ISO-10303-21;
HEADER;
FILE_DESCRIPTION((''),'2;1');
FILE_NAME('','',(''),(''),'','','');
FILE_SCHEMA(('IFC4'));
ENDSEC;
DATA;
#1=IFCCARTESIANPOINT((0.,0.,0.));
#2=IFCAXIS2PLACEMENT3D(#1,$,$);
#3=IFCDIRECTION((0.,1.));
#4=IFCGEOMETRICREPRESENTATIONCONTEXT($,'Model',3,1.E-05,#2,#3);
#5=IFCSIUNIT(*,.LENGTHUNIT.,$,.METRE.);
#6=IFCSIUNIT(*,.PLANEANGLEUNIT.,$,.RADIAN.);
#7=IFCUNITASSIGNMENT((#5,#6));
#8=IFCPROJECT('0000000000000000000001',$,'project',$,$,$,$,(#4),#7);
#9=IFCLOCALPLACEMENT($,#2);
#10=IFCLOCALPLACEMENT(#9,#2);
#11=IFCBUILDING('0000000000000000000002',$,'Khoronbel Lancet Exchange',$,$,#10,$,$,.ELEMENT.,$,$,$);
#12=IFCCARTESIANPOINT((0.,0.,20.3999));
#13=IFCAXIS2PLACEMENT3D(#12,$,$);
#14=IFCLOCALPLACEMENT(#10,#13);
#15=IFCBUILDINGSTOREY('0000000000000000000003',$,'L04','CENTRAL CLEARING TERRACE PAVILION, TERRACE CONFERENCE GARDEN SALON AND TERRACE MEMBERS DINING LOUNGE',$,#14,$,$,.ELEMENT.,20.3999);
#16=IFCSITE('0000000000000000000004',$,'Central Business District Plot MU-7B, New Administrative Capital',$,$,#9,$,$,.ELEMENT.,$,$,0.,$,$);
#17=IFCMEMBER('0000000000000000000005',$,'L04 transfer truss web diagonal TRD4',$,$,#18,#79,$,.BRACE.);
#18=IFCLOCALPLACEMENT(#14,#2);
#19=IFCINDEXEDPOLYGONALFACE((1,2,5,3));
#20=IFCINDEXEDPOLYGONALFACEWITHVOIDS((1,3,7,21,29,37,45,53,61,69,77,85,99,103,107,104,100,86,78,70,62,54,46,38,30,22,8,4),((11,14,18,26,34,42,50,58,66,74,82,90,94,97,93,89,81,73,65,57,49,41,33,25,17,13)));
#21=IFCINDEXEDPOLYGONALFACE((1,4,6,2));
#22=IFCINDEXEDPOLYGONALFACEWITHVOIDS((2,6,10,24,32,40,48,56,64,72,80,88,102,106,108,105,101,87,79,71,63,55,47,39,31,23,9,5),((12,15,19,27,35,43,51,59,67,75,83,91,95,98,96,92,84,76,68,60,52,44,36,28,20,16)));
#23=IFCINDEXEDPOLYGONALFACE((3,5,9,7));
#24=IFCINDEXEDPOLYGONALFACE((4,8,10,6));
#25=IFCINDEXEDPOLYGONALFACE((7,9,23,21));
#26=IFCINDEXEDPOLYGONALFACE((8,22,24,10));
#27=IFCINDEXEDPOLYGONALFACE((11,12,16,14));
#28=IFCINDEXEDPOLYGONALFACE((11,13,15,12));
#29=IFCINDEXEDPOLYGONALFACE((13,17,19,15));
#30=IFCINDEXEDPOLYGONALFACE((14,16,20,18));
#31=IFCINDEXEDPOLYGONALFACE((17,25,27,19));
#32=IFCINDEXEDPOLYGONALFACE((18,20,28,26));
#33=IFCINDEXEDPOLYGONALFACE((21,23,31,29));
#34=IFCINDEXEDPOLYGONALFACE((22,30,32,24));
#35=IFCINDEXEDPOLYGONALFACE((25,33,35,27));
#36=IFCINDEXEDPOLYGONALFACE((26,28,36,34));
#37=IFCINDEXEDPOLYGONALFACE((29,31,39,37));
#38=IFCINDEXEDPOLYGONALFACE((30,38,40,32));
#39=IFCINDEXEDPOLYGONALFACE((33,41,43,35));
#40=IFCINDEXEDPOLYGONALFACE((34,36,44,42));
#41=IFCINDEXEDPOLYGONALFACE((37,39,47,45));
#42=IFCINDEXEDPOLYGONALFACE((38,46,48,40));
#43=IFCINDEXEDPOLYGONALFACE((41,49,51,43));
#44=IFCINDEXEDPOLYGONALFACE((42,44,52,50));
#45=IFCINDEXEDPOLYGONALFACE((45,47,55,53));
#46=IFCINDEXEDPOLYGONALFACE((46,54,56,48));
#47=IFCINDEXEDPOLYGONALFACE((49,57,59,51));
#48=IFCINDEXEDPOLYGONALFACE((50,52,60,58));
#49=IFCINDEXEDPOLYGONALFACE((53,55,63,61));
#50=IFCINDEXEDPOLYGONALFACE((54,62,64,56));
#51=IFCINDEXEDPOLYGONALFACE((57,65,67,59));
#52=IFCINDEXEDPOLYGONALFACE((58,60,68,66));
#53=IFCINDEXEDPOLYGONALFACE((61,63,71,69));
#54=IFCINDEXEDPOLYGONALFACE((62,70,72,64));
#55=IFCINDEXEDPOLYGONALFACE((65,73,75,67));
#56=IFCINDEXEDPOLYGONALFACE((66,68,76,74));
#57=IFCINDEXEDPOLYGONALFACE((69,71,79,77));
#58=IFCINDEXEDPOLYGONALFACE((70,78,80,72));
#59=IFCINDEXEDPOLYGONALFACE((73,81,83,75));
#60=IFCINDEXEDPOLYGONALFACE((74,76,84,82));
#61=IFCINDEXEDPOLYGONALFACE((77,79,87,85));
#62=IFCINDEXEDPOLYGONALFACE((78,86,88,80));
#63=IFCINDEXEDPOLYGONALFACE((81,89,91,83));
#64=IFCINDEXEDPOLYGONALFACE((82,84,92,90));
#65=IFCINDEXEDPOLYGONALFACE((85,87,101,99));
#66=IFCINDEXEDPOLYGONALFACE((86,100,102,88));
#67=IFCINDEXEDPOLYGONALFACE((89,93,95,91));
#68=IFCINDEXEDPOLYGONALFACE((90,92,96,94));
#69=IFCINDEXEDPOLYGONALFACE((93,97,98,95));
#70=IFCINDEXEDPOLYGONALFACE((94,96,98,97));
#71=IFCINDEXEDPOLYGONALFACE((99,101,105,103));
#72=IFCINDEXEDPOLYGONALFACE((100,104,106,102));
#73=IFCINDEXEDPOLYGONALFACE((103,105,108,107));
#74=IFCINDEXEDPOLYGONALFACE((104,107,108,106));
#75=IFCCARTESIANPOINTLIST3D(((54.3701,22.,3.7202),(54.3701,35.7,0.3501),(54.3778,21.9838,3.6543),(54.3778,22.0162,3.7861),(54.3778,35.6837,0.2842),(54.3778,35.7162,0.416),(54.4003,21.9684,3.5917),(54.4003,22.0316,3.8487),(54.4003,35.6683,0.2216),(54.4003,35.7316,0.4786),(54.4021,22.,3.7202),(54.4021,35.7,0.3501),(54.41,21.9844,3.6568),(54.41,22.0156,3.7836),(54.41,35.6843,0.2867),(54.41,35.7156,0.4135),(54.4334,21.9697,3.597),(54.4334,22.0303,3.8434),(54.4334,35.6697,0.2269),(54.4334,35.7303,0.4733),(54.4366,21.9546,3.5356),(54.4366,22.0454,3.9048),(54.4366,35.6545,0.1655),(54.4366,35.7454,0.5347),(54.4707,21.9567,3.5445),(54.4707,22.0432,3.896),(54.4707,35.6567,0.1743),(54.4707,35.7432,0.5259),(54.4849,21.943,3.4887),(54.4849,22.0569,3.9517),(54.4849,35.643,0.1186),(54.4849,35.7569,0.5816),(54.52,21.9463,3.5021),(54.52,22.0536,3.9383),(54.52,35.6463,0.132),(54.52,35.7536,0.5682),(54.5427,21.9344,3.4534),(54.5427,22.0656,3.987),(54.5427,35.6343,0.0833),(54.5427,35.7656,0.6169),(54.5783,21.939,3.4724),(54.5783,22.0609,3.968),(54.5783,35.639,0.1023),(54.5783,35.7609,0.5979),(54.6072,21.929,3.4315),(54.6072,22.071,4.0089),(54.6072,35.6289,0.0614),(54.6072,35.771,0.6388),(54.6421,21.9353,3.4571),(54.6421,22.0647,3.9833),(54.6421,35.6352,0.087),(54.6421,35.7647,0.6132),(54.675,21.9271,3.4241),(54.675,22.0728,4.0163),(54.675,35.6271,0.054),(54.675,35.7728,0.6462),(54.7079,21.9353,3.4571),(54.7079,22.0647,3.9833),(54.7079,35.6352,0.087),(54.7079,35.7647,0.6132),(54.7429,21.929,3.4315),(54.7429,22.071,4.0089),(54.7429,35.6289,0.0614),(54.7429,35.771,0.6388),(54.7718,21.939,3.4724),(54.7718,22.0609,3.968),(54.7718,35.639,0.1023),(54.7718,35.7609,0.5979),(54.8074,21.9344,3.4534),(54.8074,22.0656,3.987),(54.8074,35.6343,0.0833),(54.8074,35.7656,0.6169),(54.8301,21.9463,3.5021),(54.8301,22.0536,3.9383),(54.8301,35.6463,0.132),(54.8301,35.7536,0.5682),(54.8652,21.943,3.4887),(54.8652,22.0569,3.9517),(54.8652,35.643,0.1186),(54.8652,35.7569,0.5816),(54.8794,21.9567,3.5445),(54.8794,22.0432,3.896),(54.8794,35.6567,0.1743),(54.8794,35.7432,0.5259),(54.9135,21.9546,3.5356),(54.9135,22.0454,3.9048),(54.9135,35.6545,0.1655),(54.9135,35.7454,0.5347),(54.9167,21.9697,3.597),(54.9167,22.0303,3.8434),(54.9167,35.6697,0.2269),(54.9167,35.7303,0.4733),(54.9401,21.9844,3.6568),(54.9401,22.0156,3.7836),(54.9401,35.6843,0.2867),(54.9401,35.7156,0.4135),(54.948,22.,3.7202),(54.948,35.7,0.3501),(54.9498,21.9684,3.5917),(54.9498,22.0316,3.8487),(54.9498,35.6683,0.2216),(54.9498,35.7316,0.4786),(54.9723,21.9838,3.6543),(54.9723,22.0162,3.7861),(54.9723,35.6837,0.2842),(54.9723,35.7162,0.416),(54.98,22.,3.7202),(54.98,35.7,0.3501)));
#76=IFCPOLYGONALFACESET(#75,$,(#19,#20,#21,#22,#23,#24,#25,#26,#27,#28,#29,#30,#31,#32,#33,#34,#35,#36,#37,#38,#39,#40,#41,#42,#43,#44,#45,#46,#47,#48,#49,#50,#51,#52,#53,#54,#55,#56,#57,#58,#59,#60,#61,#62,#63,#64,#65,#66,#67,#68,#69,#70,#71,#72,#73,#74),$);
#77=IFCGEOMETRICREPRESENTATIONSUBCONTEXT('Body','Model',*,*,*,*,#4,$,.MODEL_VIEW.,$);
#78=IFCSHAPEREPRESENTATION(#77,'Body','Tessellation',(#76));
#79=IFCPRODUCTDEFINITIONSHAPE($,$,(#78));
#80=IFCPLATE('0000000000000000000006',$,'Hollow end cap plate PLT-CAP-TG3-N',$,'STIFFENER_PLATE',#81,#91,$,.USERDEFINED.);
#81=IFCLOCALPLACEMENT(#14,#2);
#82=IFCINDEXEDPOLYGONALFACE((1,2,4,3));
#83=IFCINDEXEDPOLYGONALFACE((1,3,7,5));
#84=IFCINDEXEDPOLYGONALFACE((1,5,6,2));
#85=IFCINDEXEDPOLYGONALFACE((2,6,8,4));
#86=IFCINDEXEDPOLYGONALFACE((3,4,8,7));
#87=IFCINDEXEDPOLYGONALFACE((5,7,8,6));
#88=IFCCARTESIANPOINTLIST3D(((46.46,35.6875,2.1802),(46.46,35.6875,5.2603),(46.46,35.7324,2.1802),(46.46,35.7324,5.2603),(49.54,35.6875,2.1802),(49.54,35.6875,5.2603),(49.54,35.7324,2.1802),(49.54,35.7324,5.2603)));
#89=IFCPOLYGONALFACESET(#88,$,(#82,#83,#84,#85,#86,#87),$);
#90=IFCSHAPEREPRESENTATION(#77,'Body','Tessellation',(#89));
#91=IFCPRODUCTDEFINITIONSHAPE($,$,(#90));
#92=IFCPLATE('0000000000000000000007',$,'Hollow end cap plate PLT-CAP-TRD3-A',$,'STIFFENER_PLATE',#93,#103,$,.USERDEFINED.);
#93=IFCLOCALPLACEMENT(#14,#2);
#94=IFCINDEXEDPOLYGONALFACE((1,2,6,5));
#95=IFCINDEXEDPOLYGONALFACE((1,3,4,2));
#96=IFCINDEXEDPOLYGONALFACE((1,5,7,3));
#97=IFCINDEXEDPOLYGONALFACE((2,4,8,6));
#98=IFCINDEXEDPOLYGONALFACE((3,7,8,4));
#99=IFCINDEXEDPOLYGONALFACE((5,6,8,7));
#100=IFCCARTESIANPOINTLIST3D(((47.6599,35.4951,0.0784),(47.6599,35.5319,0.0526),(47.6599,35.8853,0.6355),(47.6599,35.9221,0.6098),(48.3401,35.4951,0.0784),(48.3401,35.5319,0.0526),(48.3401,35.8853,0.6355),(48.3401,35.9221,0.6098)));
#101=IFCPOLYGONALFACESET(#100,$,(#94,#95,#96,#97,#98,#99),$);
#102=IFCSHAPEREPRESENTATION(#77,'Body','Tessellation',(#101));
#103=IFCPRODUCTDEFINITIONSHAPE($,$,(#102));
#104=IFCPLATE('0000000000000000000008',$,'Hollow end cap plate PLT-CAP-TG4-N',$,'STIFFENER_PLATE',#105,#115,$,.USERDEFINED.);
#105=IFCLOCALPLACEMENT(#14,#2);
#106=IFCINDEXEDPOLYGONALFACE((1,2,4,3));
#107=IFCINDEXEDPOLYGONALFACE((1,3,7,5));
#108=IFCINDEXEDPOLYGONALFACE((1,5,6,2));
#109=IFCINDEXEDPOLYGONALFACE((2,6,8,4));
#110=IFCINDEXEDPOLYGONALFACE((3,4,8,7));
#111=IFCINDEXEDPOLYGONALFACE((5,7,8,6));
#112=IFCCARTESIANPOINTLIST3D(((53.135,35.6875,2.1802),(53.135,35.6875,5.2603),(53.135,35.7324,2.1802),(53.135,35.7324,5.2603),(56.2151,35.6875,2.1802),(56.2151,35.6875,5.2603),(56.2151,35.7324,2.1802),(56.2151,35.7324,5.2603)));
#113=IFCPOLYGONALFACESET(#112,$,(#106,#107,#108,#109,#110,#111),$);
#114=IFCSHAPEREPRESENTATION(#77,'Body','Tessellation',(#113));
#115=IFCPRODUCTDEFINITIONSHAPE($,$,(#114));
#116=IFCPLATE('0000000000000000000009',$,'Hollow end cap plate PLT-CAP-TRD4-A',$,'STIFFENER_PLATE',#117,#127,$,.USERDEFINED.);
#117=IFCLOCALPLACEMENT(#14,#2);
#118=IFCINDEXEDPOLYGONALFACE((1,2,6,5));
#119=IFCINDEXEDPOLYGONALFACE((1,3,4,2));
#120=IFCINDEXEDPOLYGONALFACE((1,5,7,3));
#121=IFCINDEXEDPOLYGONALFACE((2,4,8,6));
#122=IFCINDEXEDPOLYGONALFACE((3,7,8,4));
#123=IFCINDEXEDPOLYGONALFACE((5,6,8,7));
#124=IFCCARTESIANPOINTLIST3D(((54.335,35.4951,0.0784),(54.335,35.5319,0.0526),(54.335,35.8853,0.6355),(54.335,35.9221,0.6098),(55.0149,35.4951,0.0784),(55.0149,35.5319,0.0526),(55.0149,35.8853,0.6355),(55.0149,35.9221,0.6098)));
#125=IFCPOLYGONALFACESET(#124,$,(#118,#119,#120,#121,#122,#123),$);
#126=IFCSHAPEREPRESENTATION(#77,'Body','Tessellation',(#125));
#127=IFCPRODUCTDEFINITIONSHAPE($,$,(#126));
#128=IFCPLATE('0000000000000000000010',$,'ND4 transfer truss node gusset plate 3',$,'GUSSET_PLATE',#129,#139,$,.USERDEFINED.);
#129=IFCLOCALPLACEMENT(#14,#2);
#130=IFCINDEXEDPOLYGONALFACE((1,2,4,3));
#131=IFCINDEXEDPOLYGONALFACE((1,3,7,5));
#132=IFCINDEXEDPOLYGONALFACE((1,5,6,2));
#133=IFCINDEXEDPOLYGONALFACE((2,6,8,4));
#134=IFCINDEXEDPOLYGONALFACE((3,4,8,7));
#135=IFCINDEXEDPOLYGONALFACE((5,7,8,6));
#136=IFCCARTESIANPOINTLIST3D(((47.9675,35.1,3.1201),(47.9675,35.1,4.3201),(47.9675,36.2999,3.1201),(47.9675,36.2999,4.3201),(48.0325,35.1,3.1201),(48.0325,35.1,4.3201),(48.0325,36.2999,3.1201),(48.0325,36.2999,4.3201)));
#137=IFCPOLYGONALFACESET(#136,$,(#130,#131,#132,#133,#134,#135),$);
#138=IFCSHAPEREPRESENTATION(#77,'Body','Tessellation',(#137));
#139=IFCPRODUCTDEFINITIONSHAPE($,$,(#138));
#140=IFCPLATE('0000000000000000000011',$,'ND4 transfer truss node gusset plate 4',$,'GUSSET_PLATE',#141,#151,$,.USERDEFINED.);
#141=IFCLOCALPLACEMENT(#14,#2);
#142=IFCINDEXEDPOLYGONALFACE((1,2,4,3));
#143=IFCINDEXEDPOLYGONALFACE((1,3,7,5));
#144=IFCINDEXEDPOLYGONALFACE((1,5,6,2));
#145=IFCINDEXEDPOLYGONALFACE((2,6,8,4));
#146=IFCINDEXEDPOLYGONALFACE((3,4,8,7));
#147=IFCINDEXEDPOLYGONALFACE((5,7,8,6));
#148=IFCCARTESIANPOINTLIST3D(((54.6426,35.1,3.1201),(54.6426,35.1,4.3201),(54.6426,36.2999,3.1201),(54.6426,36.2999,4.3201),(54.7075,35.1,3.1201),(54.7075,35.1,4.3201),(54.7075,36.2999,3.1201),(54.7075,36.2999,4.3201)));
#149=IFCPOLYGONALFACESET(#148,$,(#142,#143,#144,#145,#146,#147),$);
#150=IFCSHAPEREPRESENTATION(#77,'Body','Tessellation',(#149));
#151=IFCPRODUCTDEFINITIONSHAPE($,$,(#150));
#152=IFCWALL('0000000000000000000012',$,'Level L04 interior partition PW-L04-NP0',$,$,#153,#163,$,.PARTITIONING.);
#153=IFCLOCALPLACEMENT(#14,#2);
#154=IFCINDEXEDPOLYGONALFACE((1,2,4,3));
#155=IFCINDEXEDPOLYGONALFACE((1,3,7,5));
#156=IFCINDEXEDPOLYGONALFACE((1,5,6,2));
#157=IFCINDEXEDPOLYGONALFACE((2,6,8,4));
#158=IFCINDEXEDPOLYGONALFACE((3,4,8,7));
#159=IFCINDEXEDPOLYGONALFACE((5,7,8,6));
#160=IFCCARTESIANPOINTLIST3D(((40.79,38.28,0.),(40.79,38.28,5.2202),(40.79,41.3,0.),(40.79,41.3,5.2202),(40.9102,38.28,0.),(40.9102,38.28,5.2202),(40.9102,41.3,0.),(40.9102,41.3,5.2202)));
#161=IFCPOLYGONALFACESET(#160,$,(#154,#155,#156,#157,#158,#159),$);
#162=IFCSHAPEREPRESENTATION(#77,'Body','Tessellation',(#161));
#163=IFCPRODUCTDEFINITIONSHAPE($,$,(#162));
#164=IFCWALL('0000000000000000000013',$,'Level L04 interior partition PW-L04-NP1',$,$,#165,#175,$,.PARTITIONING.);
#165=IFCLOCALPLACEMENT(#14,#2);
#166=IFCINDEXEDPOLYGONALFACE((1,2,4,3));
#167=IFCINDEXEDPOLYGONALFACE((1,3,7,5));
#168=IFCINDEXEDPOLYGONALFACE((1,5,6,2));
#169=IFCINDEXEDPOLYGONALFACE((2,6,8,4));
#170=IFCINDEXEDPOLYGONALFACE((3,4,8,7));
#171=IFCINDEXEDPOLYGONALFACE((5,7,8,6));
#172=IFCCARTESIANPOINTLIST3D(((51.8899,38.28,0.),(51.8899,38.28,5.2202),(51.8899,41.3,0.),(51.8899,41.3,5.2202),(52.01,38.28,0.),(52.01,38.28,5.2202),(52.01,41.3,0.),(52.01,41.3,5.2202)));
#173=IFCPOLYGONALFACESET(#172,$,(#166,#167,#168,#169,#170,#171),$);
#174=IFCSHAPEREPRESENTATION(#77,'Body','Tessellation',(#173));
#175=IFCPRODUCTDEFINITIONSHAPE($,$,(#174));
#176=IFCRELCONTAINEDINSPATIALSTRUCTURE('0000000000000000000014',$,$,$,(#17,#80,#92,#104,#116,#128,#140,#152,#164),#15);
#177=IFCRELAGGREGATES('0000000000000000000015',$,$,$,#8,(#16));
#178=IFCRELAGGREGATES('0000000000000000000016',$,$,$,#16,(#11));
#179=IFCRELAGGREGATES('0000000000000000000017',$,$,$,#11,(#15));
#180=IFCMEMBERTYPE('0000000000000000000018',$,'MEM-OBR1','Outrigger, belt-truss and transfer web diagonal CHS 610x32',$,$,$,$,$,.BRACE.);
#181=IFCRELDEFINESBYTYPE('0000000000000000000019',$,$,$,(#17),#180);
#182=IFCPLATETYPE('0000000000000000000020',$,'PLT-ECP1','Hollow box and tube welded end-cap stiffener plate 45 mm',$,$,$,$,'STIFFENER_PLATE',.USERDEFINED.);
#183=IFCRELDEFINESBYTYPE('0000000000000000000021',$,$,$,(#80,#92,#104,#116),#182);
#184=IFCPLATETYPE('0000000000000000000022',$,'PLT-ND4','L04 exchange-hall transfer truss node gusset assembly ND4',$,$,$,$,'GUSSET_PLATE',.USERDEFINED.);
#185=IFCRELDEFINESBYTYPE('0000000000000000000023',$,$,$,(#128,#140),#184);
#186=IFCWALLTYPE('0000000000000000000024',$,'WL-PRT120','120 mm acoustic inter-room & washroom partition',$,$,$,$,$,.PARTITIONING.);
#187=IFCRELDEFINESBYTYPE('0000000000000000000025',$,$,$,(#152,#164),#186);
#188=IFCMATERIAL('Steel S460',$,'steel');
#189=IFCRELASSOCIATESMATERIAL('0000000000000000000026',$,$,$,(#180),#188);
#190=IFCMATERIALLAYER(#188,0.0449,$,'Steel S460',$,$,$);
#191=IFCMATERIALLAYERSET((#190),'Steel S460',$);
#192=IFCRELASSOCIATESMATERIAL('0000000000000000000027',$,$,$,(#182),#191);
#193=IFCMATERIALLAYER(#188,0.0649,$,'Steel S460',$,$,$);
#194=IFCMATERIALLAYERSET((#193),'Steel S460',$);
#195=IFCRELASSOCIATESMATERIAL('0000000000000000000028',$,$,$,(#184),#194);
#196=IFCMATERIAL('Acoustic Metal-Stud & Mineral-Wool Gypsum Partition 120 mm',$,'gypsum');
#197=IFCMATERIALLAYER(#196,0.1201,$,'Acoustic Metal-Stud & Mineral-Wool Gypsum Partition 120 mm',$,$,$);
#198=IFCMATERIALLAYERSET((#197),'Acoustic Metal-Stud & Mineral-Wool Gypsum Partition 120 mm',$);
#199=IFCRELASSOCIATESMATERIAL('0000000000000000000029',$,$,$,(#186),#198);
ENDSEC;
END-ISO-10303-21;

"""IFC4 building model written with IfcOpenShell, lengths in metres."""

from ifc_helpers import new_model, si_unit, direction, frame, frame_2d, origin, origin_2d, place, context, subcontext, project, spatial, polyline, rectangle, hollow_circle, outline, extrude, material, layer, layer_set, material_profile, profile_set, type_object, element, save


model = new_model("IFC4")

# Units and contexts
model_context = context("Model", 3, precision=1e-05, world=origin(), true_north=direction((0.0, 1.0)))
body_context = subcontext(model_context, "Body", "Model", "MODEL_VIEW")
ifc_project = project(units=[si_unit("LENGTHUNIT", "METRE"), si_unit("PLANEANGLEUNIT", "RADIAN")], contexts=[model_context])

# Site, building, storey
site_placement = place(None, origin())
site = spatial("IfcSite", under=ifc_project, at=site_placement, Name="Central Business District Plot MU-7B, New Administrative Capital", CompositionType="ELEMENT", RefElevation=0.0)
building_placement = place(site_placement, origin())
building = spatial("IfcBuilding", under=site, at=building_placement, Name="Khoronbel Lancet Exchange", CompositionType="ELEMENT")
storey_placement = place(building_placement, frame((0.0, 0.0, 20.3999)))
storey = spatial("IfcBuildingStorey", under=building, at=storey_placement, Name="L04", Description="CENTRAL CLEARING TERRACE PAVILION, TERRACE CONFERENCE GARDEN SALON AND TERRACE MEMBERS DINING LOUNGE", CompositionType="ELEMENT", Elevation=20.3999)

# Shared definitions
ifc_material_1 = material(Name="Steel S460", Category="steel")

# Member
ifc_material_profile_1 = material_profile(ifc_material_1, hollow_circle(Radius=0.3049, WallThickness=0.032, at=origin_2d()), Name="CHS 610x32")
ifc_profile_set_1 = profile_set([ifc_material_profile_1], Name="Steel S460")
member_type = type_object("IfcMemberType", Name="MEM-OBR1", Description="Outrigger, belt-truss and transfer web diagonal CHS 610x32", PredefinedType="BRACE", material=ifc_profile_set_1)
for number, where, z_axis, x_axis, name in (
    (1, (54.675, 35.7, 0.3501), (0.0, -0.971051, 0.238873), (1.0, 0.0, 0.0), "L04 transfer truss web diagonal TRD4"),
):
    element("IfcMember", number, at=place(storey_placement, frame(where, z_axis=z_axis, x_axis=x_axis)), inside=storey, type_object=member_type, Name=name, PredefinedType="BRACE", context=body_context, shape_type="SweptSolid", body=[
        extrude(hollow_circle(Radius=0.3049, WallThickness=0.032, at=origin_2d()), origin(), (0.0, 0.0, 1.0), 14.1084),
    ])

# Plates
ifc_layer_1 = layer(ifc_material_1, 0.0449, Name="Steel S460")
ifc_layer_set_1 = layer_set([ifc_layer_1], Name="Steel S460")
plate_type_1 = type_object("IfcPlateType", Name="PLT-ECP1", Description="Hollow box and tube welded end-cap stiffener plate 45 mm", ElementType="STIFFENER_PLATE", PredefinedType="USERDEFINED", material=ifc_layer_set_1)
plate_1_placement = place(storey_placement, frame((48.0, 35.71, 2.1802), z_axis=(0.0, 0.0, 1.0), x_axis=(0.0, 1.0, 0.0)))
element("IfcPlate", 2, at=plate_1_placement, inside=storey, type_object=plate_type_1, Name="Hollow end cap plate PLT-CAP-TG3-N", ObjectType="STIFFENER_PLATE", PredefinedType="USERDEFINED", context=body_context, shape_type="SweptSolid", body=[
    extrude(rectangle(XDim=0.0449, YDim=3.0801, at=origin_2d()), origin(), (0.0, 0.0, 1.0), 3.0801),
])
plate_2_placement = place(storey_placement, frame((47.6599, 35.4951, 0.0784), z_axis=(0.0, -0.819131, 0.573607), x_axis=(1.0, 0.0, 0.0)))
element("IfcPlate", 3, at=plate_2_placement, inside=storey, type_object=plate_type_1, Name="Hollow end cap plate PLT-CAP-TRD3-A", ObjectType="STIFFENER_PLATE", PredefinedType="USERDEFINED", context=body_context, shape_type="SweptSolid", body=[
    extrude(outline(polyline([(0.0, 0.0), (0.6802, 0.0), (0.6802, 0.6802), (0.0, 0.6802), (0.0, 0.0)])), origin(), (0.0, 0.0, -1.0), 0.0449),
])
plate_3_placement = place(storey_placement, frame((54.675, 35.71, 2.1802), z_axis=(0.0, 0.0, 1.0), x_axis=(0.0, 1.0, 0.0)))
element("IfcPlate", 4, at=plate_3_placement, inside=storey, type_object=plate_type_1, Name="Hollow end cap plate PLT-CAP-TG4-N", ObjectType="STIFFENER_PLATE", PredefinedType="USERDEFINED", context=body_context, shape_type="SweptSolid", body=[
    extrude(rectangle(XDim=0.0449, YDim=3.0801, at=origin_2d()), origin(), (0.0, 0.0, 1.0), 3.0801),
])
plate_4_placement = place(storey_placement, frame((54.335, 35.4951, 0.0784), z_axis=(0.0, -0.819131, 0.573607), x_axis=(1.0, 0.0, 0.0)))
element("IfcPlate", 5, at=plate_4_placement, inside=storey, type_object=plate_type_1, Name="Hollow end cap plate PLT-CAP-TRD4-A", ObjectType="STIFFENER_PLATE", PredefinedType="USERDEFINED", context=body_context, shape_type="SweptSolid", body=[
    extrude(outline(polyline([(0.0, 0.0), (0.6799, 0.0), (0.6799, 0.6802), (0.0, 0.6802), (0.0, 0.0)])), origin(), (0.0, 0.0, -1.0), 0.0449),
])
ifc_layer_2 = layer(ifc_material_1, 0.0649, Name="Steel S460")
ifc_layer_set_2 = layer_set([ifc_layer_2], Name="Steel S460")
plate_type_2 = type_object("IfcPlateType", Name="PLT-ND4", Description="L04 exchange-hall transfer truss node gusset assembly ND4", ElementType="GUSSET_PLATE", PredefinedType="USERDEFINED", material=ifc_layer_set_2)
for number, where, z_axis, x_axis, name in (
    (6, (48.0, 35.7, 3.1201), (0.0, 0.0, 1.0), (1.0, 0.0, 0.0), "ND4 transfer truss node gusset plate 3"),
    (7, (54.675, 35.7, 3.1201), (0.0, 0.0, 1.0), (1.0, 0.0, 0.0), "ND4 transfer truss node gusset plate 4"),
):
    element("IfcPlate", number, at=place(storey_placement, frame(where, z_axis=z_axis, x_axis=x_axis)), inside=storey, type_object=plate_type_2, Name=name, ObjectType="GUSSET_PLATE", PredefinedType="USERDEFINED", context=body_context, shape_type="SweptSolid", body=[
        extrude(rectangle(XDim=0.0649, YDim=1.2, at=origin_2d()), origin(), (0.0, 0.0, 1.0), 1.2),
    ])

# Walls
ifc_material_2 = material(Name="Acoustic Metal-Stud & Mineral-Wool Gypsum Partition 120 mm", Category="gypsum")
ifc_layer_3 = layer(ifc_material_2, 0.1201, Name="Acoustic Metal-Stud & Mineral-Wool Gypsum Partition 120 mm")
ifc_layer_set_3 = layer_set([ifc_layer_3], Name="Acoustic Metal-Stud & Mineral-Wool Gypsum Partition 120 mm")
wall_type_1 = type_object("IfcWallType", Name="WL-PRT120", Description="120 mm acoustic inter-room & washroom partition", PredefinedType="PARTITIONING", material=ifc_layer_set_3)
for number, where, z_axis, x_axis, name in (
    (8, (40.8501, 38.28, 0.0), (0.0, 0.0, 1.0), (0.0, 1.0, 0.0), "Level L04 interior partition PW-L04-NP0"),
    (9, (51.95, 38.28, 0.0), (0.0, 0.0, 1.0), (0.0, 1.0, 0.0), "Level L04 interior partition PW-L04-NP1"),
):
    element("IfcWall", number, at=place(storey_placement, frame(where, z_axis=z_axis, x_axis=x_axis)), inside=storey, type_object=wall_type_1, Name=name, PredefinedType="PARTITIONING", context=body_context, shape_type="SweptSolid", body=[
        extrude(rectangle(XDim=3.02, YDim=0.1201, at=frame_2d((1.51, 0.0))), origin(), (0.0, 0.0, 1.0), 5.2202),
    ])

save(model, "model.ifc")
